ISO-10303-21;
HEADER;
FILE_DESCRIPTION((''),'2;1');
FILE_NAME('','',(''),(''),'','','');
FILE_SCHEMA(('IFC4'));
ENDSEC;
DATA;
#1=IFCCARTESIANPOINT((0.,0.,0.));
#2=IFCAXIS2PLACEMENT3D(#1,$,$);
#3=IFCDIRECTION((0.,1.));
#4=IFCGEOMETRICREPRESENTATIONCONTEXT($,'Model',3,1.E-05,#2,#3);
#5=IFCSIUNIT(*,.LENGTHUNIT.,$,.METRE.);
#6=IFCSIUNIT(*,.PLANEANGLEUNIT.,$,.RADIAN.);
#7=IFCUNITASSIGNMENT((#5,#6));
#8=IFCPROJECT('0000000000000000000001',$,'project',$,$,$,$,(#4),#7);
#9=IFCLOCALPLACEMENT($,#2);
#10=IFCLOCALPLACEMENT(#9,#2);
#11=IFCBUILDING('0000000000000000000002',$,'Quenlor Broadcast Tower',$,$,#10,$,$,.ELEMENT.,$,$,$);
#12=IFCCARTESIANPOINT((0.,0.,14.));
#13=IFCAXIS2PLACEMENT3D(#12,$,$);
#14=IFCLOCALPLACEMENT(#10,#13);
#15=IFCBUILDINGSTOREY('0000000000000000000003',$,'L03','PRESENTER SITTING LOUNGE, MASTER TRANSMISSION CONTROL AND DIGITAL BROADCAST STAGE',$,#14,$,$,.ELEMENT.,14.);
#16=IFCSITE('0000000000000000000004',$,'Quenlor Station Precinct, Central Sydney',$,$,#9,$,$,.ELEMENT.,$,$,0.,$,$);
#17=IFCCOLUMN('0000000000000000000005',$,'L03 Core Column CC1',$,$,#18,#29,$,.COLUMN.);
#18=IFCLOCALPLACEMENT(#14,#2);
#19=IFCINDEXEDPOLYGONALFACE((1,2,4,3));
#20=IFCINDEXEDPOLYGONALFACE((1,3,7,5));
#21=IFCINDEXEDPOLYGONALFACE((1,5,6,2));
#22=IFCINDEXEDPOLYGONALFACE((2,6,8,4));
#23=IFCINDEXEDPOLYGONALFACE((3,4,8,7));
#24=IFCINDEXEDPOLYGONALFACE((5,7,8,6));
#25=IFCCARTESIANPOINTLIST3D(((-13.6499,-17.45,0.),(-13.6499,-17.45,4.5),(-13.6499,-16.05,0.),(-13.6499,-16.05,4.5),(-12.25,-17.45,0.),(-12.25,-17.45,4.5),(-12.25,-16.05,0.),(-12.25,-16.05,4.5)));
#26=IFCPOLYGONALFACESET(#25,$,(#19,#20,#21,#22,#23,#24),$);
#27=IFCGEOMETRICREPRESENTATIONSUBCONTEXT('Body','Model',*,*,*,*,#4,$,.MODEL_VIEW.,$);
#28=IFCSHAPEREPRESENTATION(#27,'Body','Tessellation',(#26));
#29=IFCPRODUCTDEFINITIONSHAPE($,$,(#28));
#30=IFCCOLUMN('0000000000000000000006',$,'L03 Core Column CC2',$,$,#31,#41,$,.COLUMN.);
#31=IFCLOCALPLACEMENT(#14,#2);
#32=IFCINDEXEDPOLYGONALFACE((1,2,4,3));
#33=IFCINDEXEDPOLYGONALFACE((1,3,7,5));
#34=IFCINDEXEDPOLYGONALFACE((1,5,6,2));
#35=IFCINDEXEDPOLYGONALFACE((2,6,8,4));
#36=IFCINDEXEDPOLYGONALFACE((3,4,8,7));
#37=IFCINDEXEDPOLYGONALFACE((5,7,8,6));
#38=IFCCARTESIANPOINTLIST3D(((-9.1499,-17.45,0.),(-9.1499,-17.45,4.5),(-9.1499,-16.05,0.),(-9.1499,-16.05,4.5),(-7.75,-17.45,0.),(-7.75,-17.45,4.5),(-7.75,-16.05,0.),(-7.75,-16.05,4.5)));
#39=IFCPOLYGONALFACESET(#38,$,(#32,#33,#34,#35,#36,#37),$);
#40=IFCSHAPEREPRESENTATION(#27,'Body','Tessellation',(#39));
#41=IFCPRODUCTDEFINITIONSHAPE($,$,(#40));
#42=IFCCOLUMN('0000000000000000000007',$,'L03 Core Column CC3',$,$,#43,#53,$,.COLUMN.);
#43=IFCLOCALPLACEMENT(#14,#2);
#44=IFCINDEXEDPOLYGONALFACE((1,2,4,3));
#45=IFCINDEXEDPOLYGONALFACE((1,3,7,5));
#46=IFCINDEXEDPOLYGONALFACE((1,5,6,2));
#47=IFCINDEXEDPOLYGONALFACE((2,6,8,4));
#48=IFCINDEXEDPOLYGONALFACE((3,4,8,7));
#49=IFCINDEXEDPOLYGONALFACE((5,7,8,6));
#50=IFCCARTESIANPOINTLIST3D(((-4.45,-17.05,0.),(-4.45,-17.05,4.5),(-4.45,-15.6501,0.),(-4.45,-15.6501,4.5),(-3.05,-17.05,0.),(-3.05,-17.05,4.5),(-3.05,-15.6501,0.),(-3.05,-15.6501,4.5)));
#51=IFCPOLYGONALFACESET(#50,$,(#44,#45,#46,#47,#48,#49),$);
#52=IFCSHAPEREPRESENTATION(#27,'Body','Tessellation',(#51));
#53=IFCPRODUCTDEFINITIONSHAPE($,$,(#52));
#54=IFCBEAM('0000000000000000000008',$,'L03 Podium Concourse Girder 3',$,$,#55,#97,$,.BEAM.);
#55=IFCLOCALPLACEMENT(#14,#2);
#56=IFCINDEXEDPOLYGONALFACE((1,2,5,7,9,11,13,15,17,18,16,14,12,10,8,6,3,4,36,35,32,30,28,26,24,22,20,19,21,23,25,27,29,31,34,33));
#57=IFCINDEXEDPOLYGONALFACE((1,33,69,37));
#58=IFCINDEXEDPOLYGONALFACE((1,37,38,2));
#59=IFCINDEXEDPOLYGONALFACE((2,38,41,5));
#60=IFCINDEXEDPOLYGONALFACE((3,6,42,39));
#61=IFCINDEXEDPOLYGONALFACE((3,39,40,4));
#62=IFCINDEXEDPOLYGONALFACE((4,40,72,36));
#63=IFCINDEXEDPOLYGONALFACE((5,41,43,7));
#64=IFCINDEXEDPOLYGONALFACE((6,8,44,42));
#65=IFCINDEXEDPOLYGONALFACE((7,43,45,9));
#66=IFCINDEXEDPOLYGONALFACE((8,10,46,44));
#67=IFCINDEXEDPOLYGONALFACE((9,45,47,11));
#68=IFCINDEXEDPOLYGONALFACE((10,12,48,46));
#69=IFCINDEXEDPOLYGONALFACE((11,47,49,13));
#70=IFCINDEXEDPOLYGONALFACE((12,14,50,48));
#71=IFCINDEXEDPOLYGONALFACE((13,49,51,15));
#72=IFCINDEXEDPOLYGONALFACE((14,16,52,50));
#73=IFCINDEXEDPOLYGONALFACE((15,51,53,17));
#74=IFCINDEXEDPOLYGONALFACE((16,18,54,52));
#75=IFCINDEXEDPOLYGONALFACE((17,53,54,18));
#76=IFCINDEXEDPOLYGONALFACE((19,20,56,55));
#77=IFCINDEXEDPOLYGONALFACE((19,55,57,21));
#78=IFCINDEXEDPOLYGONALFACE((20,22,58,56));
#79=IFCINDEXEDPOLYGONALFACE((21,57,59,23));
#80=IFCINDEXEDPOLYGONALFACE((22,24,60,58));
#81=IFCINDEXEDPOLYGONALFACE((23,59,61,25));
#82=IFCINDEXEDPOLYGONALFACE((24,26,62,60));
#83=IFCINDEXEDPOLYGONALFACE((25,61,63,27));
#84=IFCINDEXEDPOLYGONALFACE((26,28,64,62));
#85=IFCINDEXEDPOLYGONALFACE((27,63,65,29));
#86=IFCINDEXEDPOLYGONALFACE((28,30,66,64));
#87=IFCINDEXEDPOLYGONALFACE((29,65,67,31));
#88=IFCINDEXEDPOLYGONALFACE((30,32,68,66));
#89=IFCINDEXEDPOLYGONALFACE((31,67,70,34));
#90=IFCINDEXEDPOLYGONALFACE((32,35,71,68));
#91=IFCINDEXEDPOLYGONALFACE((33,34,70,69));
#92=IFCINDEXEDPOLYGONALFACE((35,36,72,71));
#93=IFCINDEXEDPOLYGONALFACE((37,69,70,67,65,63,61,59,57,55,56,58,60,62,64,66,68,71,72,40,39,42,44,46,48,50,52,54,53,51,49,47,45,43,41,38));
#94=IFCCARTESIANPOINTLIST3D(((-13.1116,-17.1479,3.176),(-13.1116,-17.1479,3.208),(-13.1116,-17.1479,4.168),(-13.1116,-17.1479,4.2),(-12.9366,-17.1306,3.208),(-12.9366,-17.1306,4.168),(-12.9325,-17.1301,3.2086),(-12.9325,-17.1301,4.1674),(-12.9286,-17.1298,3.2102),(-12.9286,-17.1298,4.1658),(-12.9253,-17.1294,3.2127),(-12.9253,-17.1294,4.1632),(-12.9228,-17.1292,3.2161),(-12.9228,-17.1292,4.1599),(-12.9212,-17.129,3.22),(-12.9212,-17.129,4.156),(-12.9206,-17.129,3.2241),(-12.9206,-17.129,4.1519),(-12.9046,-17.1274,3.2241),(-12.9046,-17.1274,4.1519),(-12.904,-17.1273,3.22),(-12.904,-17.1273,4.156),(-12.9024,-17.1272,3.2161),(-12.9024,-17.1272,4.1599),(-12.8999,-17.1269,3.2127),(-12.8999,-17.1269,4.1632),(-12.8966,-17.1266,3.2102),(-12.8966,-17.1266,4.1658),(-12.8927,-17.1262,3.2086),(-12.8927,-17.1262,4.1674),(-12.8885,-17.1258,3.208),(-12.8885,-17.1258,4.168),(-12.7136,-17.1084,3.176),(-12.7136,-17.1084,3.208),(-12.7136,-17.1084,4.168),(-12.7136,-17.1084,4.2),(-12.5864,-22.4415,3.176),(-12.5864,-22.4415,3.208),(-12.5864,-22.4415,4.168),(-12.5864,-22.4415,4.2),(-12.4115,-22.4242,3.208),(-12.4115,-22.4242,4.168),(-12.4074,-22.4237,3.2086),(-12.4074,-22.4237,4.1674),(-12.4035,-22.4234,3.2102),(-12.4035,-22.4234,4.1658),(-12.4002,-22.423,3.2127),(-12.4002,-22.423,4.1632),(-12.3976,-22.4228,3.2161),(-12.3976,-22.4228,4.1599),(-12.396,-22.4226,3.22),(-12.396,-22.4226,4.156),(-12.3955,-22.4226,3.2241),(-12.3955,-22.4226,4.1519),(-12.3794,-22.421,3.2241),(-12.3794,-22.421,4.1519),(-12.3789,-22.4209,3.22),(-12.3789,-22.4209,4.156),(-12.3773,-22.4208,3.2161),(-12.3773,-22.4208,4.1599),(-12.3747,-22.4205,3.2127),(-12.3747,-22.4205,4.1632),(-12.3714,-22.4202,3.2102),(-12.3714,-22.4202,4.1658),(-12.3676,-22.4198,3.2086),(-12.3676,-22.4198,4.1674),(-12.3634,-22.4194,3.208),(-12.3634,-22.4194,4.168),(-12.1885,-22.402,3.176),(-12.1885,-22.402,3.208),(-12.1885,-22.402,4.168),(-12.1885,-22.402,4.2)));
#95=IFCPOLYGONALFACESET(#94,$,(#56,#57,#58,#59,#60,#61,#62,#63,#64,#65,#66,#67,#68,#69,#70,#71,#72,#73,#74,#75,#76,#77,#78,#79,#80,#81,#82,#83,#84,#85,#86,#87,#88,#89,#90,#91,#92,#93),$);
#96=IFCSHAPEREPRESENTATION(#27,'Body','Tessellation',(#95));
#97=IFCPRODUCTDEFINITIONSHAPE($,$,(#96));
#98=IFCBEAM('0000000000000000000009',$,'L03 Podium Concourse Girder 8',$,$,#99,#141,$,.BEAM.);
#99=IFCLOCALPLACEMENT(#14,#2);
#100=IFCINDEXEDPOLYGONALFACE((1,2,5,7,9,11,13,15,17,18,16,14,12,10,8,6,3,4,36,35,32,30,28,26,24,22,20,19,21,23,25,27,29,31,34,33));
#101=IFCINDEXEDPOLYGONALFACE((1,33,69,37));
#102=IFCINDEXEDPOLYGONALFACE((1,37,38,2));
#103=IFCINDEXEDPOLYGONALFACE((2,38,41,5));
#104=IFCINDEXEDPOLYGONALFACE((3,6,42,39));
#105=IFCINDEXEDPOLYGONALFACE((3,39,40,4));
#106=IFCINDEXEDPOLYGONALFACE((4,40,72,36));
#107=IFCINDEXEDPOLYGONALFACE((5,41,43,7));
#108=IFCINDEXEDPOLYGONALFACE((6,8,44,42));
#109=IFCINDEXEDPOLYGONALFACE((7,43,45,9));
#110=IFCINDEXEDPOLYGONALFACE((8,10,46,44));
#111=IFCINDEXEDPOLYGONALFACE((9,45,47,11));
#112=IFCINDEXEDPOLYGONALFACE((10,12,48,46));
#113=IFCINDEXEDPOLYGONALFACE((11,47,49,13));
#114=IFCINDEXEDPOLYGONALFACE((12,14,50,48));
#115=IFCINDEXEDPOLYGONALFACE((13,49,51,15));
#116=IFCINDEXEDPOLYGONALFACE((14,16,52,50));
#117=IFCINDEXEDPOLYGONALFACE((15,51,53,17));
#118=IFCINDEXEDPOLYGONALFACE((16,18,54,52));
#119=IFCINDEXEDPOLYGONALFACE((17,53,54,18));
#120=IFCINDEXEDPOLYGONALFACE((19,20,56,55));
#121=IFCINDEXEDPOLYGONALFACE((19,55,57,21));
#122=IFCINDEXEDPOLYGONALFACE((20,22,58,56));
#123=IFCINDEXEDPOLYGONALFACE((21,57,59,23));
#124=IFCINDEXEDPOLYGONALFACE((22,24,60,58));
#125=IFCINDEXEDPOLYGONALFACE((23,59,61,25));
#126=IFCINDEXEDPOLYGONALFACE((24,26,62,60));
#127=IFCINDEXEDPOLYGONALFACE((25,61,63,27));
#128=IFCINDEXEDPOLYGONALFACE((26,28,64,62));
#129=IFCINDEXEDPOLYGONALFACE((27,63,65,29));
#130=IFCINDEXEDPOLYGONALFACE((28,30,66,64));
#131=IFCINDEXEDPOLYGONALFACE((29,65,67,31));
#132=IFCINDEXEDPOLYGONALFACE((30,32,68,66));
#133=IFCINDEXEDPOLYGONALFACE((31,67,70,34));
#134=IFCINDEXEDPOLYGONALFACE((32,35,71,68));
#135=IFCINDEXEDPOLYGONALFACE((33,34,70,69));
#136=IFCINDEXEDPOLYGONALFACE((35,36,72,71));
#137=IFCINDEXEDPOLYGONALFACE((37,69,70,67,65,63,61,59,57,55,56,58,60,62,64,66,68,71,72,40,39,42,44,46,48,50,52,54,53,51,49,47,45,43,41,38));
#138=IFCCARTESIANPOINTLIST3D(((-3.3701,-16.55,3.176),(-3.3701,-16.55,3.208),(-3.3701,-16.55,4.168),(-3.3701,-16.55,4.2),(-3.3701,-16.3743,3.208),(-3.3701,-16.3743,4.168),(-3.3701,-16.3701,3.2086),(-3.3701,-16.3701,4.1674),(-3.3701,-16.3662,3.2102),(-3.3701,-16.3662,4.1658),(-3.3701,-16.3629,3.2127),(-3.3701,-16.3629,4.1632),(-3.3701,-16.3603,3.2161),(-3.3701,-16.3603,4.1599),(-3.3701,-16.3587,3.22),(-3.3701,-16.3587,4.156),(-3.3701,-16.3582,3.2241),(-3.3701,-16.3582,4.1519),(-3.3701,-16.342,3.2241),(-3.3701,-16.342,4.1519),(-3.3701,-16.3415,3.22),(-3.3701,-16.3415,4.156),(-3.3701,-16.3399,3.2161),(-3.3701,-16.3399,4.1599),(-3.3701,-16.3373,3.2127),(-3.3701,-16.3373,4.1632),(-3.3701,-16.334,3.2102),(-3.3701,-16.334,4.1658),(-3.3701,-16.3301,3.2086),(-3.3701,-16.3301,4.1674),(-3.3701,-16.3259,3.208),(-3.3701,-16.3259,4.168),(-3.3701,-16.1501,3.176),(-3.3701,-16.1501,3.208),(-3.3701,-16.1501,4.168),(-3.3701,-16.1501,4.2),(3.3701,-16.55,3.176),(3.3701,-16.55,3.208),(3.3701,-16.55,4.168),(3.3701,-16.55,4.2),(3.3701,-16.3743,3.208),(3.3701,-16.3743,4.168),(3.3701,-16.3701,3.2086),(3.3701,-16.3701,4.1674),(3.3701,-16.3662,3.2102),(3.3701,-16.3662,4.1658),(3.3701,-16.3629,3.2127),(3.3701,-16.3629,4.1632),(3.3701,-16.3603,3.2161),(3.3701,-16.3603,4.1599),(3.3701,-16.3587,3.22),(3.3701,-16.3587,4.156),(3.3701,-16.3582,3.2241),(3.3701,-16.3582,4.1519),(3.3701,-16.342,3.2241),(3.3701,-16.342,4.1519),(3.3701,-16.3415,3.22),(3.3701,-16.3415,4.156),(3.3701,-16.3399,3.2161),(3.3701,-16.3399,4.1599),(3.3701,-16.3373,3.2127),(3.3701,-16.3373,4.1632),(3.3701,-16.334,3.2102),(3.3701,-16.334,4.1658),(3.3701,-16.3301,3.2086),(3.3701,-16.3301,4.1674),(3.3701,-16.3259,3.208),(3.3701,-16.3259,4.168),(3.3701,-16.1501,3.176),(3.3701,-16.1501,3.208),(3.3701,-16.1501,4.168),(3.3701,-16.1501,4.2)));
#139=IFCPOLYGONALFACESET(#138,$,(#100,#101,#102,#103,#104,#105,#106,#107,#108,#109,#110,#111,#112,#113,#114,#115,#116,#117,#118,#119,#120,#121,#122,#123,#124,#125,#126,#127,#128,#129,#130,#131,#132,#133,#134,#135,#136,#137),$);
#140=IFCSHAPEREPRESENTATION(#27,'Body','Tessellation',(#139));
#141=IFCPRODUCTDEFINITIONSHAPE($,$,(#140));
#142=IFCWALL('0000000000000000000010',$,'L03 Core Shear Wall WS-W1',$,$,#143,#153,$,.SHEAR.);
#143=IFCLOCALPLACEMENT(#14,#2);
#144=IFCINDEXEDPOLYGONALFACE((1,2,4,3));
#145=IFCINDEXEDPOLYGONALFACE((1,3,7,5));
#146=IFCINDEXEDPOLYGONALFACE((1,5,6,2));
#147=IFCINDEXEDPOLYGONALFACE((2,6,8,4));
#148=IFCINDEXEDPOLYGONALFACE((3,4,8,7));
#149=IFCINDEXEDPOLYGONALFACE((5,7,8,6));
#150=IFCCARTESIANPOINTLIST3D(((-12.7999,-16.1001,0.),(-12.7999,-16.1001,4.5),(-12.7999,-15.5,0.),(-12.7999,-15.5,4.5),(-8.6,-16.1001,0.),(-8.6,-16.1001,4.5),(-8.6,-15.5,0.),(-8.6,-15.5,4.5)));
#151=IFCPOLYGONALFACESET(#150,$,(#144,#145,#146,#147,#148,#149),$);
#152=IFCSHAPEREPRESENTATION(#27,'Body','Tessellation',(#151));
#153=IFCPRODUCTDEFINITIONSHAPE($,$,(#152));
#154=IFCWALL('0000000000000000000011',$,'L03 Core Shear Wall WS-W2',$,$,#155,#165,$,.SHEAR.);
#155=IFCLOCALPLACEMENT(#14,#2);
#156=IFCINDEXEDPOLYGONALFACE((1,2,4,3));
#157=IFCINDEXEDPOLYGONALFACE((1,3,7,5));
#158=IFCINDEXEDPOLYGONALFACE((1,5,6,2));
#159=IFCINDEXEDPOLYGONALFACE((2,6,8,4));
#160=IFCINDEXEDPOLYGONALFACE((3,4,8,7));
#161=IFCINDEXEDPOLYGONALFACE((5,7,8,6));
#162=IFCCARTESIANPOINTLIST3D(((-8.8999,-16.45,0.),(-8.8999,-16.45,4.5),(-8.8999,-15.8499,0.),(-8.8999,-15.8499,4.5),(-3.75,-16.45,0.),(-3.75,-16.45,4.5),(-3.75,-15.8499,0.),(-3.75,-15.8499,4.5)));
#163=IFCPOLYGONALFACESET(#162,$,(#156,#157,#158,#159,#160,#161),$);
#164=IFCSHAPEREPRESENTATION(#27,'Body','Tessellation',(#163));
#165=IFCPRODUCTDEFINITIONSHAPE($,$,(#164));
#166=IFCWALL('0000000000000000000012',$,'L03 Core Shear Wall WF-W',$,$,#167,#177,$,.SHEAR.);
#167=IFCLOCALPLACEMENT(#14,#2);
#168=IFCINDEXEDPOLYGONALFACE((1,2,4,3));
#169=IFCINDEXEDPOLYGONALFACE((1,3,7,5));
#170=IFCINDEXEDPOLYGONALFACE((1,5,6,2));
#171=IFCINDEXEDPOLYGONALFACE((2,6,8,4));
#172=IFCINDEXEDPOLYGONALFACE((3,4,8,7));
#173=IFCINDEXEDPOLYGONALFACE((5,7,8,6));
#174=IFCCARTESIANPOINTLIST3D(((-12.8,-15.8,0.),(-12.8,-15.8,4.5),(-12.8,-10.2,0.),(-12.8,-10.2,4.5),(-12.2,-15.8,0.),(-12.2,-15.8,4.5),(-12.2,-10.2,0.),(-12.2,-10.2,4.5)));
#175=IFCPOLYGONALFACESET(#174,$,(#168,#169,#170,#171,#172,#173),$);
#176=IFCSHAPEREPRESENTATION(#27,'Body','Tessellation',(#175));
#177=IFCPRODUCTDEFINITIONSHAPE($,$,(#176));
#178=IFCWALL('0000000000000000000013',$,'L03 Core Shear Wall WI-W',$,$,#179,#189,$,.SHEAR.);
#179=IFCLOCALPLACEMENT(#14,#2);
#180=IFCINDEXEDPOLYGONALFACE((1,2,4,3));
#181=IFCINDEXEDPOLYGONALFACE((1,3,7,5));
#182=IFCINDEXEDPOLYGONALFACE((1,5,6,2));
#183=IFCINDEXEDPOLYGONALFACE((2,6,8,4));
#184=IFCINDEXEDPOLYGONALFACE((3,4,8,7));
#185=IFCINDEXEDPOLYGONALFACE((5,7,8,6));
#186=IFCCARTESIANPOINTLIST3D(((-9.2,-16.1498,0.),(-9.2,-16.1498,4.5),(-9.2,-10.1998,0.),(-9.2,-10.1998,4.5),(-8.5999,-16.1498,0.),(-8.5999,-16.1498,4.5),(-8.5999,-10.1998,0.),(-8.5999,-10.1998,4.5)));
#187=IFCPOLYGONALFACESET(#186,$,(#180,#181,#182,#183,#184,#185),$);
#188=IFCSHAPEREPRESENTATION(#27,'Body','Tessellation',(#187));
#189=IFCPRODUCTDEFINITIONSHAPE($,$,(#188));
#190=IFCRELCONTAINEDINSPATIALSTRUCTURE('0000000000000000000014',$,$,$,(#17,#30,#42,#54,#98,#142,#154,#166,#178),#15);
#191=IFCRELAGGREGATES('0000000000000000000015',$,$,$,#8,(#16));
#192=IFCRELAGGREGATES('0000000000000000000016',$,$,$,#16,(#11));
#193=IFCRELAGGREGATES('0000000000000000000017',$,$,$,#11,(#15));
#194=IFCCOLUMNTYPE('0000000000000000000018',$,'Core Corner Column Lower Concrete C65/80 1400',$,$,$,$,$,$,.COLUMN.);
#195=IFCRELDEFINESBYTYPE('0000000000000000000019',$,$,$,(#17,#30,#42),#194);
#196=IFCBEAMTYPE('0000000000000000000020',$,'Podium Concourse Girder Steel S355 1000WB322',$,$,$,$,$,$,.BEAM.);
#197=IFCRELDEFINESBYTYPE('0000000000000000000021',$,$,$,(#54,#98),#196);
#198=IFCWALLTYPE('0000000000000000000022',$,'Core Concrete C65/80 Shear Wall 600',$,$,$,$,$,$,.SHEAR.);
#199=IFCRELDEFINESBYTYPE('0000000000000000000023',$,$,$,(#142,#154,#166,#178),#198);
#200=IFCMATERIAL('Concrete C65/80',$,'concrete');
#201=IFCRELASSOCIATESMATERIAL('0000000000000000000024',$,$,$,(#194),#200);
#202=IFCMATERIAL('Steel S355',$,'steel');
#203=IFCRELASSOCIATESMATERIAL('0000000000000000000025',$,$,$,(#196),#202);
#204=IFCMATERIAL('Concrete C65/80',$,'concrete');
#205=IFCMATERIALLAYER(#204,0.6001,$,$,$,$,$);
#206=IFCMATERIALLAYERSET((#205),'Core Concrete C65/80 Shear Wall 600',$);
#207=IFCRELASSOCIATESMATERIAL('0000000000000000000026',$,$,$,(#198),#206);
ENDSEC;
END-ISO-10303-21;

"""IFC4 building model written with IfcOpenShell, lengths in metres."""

from ifc_helpers import new_model, si_unit, direction, frame, frame_2d, origin, origin_2d, place, context, subcontext, project, spatial, rectangle, i_section, extrude, material, layer, layer_set, material_profile, profile_set, type_object, element, save


model = new_model("IFC4")

# Units and contexts
model_context = context("Model", 3, precision=1e-05, world=origin(), true_north=direction((0.0, 1.0)))
body_context = subcontext(model_context, "Body", "Model", "MODEL_VIEW")
ifc_project = project(units=[si_unit("LENGTHUNIT", "METRE"), si_unit("PLANEANGLEUNIT", "RADIAN")], contexts=[model_context])

# Site, building, storey
site_placement = place(None, origin())
site = spatial("IfcSite", under=ifc_project, at=site_placement, Name="Quenlor Station Precinct, Central Sydney", CompositionType="ELEMENT", RefElevation=0.0)
building_placement = place(site_placement, origin())
building = spatial("IfcBuilding", under=site, at=building_placement, Name="Quenlor Broadcast Tower", CompositionType="ELEMENT")
storey_placement = place(building_placement, frame((0.0, 0.0, 14.0)))
storey = spatial("IfcBuildingStorey", under=building, at=storey_placement, Name="L03", Description="PRESENTER SITTING LOUNGE, MASTER TRANSMISSION CONTROL AND DIGITAL BROADCAST STAGE", CompositionType="ELEMENT", Elevation=14.0)

# Columns
ifc_material_1 = material(Name="Concrete C65/80", Category="concrete")
ifc_material_profile_1 = material_profile(ifc_material_1, rectangle(XDim=1.3999, YDim=1.3999, at=origin_2d()))
ifc_profile_set_1 = profile_set([ifc_material_profile_1], Name="Concrete C65/80 RC1400x1400")
column_type = type_object("IfcColumnType", Name="Core Corner Column Lower Concrete C65/80 1400", PredefinedType="COLUMN", material=ifc_profile_set_1)
for number, where, z_axis, x_axis, name in (
    (1, (-12.95, -16.75, 0.0), (0.0, 0.0, 1.0), (1.0, 0.0, 0.0), "L03 Core Column CC1"),
    (2, (-8.45, -16.75, 0.0), (0.0, 0.0, 1.0), (1.0, 0.0, 0.0), "L03 Core Column CC2"),
    (3, (-3.75, -16.3501, 0.0), (0.0, 0.0, 1.0), (1.0, 0.0, 0.0), "L03 Core Column CC3"),
):
    element("IfcColumn", number, at=place(storey_placement, frame(where, z_axis=z_axis, x_axis=x_axis)), inside=storey, type_object=column_type, Name=name, PredefinedType="COLUMN", context=body_context, shape_type="SweptSolid", body=[
        extrude(rectangle(XDim=1.3999, YDim=1.3999, at=origin_2d()), origin(), (0.0, 0.0, 1.0), 4.5),
    ])

# Beams
ifc_material_2 = material(Name="Steel S355", Category="steel")
ifc_material_profile_2 = material_profile(ifc_material_2, i_section(OverallWidth=0.3999, OverallDepth=1.0239, WebThickness=0.0161, FlangeThickness=0.032, FilletRadius=0.0161, at=origin_2d()))
ifc_profile_set_2 = profile_set([ifc_material_profile_2], Name="Steel S355 1000WB322")
beam_type = type_object("IfcBeamType", Name="Podium Concourse Girder Steel S355 1000WB322", PredefinedType="BEAM", material=ifc_profile_set_2)
beam_1_placement = place(storey_placement, frame((-12.9126, -17.1282, 3.688), z_axis=(0.098718, -0.995115, 0.0), x_axis=(0.995115, 0.098718, 0.0)))
element("IfcBeam", 4, at=beam_1_placement, inside=storey, type_object=beam_type, Name="L03 Podium Concourse Girder 3", PredefinedType="BEAM", context=body_context, shape_type="SweptSolid", body=[
    extrude(i_section(OverallWidth=0.3999, OverallDepth=1.0239, WebThickness=0.0161, FlangeThickness=0.032, FilletRadius=0.0161, at=origin_2d()), origin(), (0.0, 0.0, 1.0), 5.3196),
])
beam_2_placement = place(storey_placement, frame((-3.3701, -16.3501, 3.688), z_axis=(1.0, 0.0, 0.0), x_axis=(0.0, 1.0, 0.0)))
element("IfcBeam", 5, at=beam_2_placement, inside=storey, type_object=beam_type, Name="L03 Podium Concourse Girder 8", PredefinedType="BEAM", context=body_context, shape_type="SweptSolid", body=[
    extrude(i_section(OverallWidth=0.3999, OverallDepth=1.0239, WebThickness=0.0161, FlangeThickness=0.032, FilletRadius=0.0161, at=origin_2d()), origin(), (0.0, 0.0, 1.0), 6.7402),
])

# Walls
ifc_material_3 = material(Name="Concrete C65/80", Category="concrete")
ifc_layer_1 = layer(ifc_material_3, 0.6001)
ifc_layer_set_1 = layer_set([ifc_layer_1], Name="Core Concrete C65/80 Shear Wall 600")
wall_type_1 = type_object("IfcWallType", Name="Core Concrete C65/80 Shear Wall 600", PredefinedType="SHEAR", material=ifc_layer_set_1)
wall_1_placement = place(storey_placement, frame((-12.8, -15.8, 0.0), z_axis=(0.0, 0.0, 1.0), x_axis=(1.0, 0.0, 0.0)))
element("IfcWall", 6, at=wall_1_placement, inside=storey, type_object=wall_type_1, Name="L03 Core Shear Wall WS-W1", PredefinedType="SHEAR", context=body_context, shape_type="SweptSolid", body=[
    extrude(rectangle(XDim=4.2, YDim=0.6001, at=frame_2d((2.1001, 0.0))), origin(), (0.0, 0.0, 1.0), 4.5),
])
wall_2_placement = place(storey_placement, frame((-8.8999, -16.1499, 0.0), z_axis=(0.0, 0.0, 1.0), x_axis=(1.0, 0.0, 0.0)))
element("IfcWall", 7, at=wall_2_placement, inside=storey, type_object=wall_type_1, Name="L03 Core Shear Wall WS-W2", PredefinedType="SHEAR", context=body_context, shape_type="SweptSolid", body=[
    extrude(rectangle(XDim=5.1499, YDim=0.6001, at=frame_2d((2.575, 0.0))), origin(), (0.0, 0.0, 1.0), 4.5),
])
wall_3_placement = place(storey_placement, frame((-12.5, -15.8, 0.0), z_axis=(0.0, 0.0, 1.0), x_axis=(0.0, 1.0, 0.0)))
element("IfcWall", 8, at=wall_3_placement, inside=storey, type_object=wall_type_1, Name="L03 Core Shear Wall WF-W", PredefinedType="SHEAR", context=body_context, shape_type="SweptSolid", body=[
    extrude(rectangle(XDim=5.6001, YDim=0.6001, at=frame_2d((2.8, 0.0))), origin(), (0.0, 0.0, 1.0), 4.5),
])
wall_4_placement = place(storey_placement, frame((-8.8999, -16.1499, 0.0), z_axis=(0.0, 0.0, 1.0), x_axis=(0.0, 1.0, 0.0)))
element("IfcWall", 9, at=wall_4_placement, inside=storey, type_object=wall_type_1, Name="L03 Core Shear Wall WI-W", PredefinedType="SHEAR", context=body_context, shape_type="SweptSolid", body=[
    extrude(rectangle(XDim=5.95, YDim=0.6001, at=frame_2d((2.9751, 0.0))), origin(), (0.0, 0.0, 1.0), 4.5),
])

save(model, "model.ifc")
